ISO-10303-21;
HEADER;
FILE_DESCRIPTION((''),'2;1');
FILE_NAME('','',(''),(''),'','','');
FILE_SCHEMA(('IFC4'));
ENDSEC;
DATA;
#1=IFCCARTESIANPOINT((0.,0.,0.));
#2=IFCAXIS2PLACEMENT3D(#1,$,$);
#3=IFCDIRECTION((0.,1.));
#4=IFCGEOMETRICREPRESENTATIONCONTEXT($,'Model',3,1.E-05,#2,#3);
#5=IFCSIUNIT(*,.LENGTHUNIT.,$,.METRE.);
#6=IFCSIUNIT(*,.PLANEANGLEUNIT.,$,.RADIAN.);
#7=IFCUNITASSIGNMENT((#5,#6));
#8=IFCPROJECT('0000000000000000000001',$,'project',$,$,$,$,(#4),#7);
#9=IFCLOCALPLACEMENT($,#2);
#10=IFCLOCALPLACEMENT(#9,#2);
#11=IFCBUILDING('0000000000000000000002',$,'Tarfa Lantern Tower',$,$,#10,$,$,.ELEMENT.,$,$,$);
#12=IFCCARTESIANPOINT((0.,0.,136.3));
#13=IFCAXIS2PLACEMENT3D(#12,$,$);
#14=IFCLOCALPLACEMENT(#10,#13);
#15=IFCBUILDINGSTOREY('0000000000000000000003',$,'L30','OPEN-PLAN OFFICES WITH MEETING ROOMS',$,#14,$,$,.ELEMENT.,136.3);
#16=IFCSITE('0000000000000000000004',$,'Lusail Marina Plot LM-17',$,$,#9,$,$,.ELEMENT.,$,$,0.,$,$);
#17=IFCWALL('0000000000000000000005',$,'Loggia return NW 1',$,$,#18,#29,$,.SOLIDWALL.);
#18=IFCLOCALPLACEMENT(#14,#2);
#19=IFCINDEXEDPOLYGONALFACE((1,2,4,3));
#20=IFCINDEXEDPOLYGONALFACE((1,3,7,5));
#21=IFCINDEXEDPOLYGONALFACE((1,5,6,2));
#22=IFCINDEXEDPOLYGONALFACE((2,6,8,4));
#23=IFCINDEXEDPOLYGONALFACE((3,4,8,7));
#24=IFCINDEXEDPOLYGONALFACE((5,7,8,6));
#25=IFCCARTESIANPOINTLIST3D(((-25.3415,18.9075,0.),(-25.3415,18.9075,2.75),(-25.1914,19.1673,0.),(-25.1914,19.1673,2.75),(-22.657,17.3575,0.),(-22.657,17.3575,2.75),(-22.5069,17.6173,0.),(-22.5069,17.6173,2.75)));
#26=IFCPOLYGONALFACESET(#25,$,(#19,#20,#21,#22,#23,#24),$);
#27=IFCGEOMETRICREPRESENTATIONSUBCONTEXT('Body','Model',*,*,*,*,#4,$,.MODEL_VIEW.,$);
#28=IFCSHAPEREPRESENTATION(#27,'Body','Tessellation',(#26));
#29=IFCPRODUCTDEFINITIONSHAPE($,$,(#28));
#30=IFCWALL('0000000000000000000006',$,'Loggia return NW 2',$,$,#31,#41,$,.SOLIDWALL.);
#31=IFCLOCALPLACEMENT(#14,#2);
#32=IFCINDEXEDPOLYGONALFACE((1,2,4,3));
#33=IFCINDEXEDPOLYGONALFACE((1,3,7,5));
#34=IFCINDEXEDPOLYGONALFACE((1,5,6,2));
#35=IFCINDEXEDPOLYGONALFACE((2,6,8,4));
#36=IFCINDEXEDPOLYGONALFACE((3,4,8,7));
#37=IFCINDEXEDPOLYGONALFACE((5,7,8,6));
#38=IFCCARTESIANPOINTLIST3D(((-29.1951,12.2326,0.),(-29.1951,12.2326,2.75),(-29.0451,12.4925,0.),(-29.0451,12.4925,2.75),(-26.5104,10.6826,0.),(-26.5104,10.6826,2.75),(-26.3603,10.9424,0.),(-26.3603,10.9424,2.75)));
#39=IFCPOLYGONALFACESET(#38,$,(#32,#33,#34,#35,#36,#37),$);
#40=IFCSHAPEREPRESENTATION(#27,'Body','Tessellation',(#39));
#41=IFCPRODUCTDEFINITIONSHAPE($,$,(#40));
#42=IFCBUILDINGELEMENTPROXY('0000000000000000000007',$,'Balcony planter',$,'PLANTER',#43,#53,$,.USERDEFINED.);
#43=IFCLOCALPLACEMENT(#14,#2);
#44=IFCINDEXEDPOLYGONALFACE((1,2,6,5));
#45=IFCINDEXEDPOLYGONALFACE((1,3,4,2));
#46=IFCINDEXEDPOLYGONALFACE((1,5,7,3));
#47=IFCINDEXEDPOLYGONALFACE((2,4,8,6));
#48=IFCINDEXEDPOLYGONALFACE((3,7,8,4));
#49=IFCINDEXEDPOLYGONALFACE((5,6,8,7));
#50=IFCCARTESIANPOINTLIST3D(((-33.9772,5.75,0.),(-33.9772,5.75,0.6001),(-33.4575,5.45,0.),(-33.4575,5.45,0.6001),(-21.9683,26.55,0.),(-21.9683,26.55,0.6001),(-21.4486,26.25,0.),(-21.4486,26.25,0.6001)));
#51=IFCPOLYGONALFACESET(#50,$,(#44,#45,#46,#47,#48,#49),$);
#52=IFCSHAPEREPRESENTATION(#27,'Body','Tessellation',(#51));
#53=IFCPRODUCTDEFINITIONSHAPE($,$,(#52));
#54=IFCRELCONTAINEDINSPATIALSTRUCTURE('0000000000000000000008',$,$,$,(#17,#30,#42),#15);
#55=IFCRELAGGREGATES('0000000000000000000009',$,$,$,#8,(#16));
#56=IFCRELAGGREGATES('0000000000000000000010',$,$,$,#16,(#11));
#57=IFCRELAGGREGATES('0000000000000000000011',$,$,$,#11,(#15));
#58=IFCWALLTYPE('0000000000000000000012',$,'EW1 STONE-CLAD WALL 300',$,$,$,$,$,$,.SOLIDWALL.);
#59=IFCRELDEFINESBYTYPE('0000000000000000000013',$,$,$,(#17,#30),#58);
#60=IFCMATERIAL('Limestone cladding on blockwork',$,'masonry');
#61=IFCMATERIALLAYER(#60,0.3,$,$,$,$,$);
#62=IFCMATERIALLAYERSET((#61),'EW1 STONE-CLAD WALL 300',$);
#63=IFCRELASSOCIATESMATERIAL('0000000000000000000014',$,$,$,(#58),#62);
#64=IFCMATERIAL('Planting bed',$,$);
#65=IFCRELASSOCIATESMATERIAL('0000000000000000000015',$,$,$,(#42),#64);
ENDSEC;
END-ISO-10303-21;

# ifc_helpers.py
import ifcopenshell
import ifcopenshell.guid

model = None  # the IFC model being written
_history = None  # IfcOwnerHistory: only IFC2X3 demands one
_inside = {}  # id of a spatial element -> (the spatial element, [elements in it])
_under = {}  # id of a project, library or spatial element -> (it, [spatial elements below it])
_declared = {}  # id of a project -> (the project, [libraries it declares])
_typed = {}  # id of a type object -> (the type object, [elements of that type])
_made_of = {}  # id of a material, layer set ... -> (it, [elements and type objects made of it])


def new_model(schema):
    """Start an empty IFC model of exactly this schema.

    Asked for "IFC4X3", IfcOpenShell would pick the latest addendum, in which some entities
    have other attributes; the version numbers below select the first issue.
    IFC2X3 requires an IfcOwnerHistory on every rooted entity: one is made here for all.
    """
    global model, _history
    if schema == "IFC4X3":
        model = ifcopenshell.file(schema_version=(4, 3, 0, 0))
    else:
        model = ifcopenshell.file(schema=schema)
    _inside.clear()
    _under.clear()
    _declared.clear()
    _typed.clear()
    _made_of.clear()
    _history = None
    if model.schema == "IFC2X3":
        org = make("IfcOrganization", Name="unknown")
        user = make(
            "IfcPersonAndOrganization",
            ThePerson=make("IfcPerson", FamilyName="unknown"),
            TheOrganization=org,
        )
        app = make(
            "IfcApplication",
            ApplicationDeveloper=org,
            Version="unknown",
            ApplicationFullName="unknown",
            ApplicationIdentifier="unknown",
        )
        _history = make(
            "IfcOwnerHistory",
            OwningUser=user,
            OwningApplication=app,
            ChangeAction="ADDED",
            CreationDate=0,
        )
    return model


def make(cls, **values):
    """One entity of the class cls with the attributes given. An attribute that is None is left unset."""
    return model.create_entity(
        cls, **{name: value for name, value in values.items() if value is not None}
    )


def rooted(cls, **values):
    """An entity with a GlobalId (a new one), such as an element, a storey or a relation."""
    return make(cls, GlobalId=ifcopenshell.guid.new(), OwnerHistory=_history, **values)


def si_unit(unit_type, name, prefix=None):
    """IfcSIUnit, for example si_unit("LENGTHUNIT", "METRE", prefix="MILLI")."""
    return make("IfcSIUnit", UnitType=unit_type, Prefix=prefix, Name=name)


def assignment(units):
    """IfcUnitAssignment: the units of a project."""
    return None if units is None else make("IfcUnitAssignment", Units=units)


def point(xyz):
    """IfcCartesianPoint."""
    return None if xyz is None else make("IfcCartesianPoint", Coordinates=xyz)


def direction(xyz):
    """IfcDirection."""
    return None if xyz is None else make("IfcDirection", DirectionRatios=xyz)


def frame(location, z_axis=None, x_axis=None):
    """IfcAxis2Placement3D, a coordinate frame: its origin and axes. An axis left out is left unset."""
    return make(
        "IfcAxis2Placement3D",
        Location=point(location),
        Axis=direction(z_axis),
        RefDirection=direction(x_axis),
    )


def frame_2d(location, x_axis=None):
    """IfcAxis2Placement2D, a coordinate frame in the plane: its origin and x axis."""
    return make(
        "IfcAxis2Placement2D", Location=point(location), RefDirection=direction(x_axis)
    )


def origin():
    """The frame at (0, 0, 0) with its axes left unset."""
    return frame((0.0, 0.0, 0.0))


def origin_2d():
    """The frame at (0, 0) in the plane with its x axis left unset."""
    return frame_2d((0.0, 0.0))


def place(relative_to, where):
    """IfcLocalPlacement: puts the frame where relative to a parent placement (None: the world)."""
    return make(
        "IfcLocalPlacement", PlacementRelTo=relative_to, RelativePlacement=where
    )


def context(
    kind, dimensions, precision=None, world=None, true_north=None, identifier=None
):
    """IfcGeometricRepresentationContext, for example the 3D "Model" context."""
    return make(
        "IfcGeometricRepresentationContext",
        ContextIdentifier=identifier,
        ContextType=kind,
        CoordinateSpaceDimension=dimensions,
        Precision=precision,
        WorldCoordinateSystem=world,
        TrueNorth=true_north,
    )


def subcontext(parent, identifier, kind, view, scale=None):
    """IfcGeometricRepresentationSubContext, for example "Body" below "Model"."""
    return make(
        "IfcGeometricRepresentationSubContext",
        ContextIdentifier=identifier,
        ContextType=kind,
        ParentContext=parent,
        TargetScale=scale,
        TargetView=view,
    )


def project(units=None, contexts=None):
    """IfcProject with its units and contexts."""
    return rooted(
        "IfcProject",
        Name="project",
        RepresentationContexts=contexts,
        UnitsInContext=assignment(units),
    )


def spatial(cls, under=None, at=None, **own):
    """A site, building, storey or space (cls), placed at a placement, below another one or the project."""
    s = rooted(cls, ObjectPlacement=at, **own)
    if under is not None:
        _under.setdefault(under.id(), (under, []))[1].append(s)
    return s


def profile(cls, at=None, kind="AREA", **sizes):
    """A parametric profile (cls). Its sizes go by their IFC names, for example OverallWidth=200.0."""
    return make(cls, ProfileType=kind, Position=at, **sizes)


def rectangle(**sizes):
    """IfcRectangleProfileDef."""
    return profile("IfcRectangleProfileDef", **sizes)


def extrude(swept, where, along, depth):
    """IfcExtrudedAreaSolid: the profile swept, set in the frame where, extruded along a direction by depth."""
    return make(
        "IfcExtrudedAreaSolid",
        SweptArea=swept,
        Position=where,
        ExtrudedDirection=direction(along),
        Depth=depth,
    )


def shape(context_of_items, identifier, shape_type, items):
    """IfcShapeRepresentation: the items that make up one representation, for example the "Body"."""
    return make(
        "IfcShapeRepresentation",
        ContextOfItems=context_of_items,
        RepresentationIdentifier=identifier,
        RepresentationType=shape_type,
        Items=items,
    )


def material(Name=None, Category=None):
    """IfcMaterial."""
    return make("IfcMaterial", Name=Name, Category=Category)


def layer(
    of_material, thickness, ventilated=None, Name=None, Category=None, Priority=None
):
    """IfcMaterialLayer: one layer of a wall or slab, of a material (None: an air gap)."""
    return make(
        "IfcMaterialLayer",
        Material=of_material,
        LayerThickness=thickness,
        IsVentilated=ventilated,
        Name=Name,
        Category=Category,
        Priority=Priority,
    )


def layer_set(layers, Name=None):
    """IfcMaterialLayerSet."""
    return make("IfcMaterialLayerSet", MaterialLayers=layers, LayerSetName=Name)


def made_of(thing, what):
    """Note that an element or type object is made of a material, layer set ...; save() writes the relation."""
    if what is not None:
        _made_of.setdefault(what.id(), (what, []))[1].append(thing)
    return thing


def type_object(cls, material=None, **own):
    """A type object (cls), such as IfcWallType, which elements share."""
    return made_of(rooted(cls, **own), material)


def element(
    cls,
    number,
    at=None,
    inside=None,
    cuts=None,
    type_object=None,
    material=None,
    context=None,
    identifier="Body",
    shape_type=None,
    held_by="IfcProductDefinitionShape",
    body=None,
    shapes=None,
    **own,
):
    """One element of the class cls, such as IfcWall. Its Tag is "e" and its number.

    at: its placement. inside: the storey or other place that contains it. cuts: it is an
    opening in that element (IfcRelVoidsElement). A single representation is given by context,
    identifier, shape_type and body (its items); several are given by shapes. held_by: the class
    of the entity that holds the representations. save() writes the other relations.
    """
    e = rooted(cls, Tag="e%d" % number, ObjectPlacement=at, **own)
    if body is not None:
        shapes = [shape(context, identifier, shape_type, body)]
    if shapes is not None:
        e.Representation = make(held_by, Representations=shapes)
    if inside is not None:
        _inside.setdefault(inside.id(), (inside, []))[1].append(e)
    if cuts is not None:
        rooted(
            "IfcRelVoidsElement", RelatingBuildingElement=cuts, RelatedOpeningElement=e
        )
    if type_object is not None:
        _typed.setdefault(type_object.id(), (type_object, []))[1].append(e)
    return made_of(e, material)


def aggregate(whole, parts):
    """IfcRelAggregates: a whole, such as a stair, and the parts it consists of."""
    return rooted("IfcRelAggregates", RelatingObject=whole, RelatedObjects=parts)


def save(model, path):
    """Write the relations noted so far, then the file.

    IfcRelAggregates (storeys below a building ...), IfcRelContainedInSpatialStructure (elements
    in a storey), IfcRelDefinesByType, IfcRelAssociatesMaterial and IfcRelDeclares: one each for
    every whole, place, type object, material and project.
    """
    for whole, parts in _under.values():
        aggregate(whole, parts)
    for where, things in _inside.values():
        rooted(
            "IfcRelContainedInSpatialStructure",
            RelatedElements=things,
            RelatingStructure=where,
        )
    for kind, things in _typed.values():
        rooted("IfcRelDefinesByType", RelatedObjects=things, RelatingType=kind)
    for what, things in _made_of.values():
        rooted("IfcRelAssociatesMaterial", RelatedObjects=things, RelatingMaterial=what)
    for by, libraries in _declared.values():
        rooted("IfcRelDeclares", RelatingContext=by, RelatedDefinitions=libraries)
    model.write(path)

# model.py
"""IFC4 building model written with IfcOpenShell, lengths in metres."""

from ifc_helpers import new_model, si_unit, direction, frame, frame_2d, origin, origin_2d, place, context, subcontext, project, spatial, rectangle, extrude, material, layer, layer_set, type_object, element, save


model = new_model("IFC4")

# Units and contexts
model_context = context("Model", 3, precision=1e-05, world=origin(), true_north=direction((0.0, 1.0)))
body_context = subcontext(model_context, "Body", "Model", "MODEL_VIEW")
ifc_project = project(units=[si_unit("LENGTHUNIT", "METRE"), si_unit("PLANEANGLEUNIT", "RADIAN")], contexts=[model_context])

# Site, building, storey
site_placement = place(None, origin())
site = spatial("IfcSite", under=ifc_project, at=site_placement, Name="Lusail Marina Plot LM-17", CompositionType="ELEMENT", RefElevation=0.0)
building_placement = place(site_placement, origin())
building = spatial("IfcBuilding", under=site, at=building_placement, Name="Tarfa Lantern Tower", CompositionType="ELEMENT")
storey_placement = place(building_placement, frame((0.0, 0.0, 136.3)))
storey = spatial("IfcBuildingStorey", under=building, at=storey_placement, Name="L30", Description="OPEN-PLAN OFFICES WITH MEETING ROOMS", CompositionType="ELEMENT", Elevation=136.3)

# Walls
ifc_material_1 = material(Name="Limestone cladding on blockwork", Category="masonry")
ifc_layer_1 = layer(ifc_material_1, 0.3)
ifc_layer_set_1 = layer_set([ifc_layer_1], Name="EW1 STONE-CLAD WALL 300")
wall_type = type_object("IfcWallType", Name="EW1 STONE-CLAD WALL 300", PredefinedType="SOLIDWALL", material=ifc_layer_set_1)
wall_1_placement = place(storey_placement, frame((-25.2664, 19.0374, 0.0), z_axis=(0.0, 0.0, 1.0), x_axis=(0.86601, -0.500027, 0.0)))
element("IfcWall", 1, at=wall_1_placement, inside=storey, type_object=wall_type, Name="Loggia return NW 1", PredefinedType="SOLIDWALL", context=body_context, shape_type="SweptSolid", body=[
    extrude(rectangle(XDim=3.0999, YDim=0.3, at=frame_2d((1.5498, 0.0))), origin(), (0.0, 0.0, 1.0), 2.75),
])
wall_2_placement = place(storey_placement, frame((-29.1201, 12.3625, 0.0), z_axis=(0.0, 0.0, 1.0), x_axis=(0.86603, -0.499993, 0.0)))
element("IfcWall", 2, at=wall_2_placement, inside=storey, type_object=wall_type, Name="Loggia return NW 2", PredefinedType="SOLIDWALL", context=body_context, shape_type="SweptSolid", body=[
    extrude(rectangle(XDim=3.1001, YDim=0.3, at=frame_2d((1.55, 0.0))), origin(), (0.0, 0.0, 1.0), 2.75),
])

# Building element proxy
ifc_material_2 = material(Name="Planting bed")
proxy_placement = place(storey_placement, frame((-27.7129, 16.0, 0.0), z_axis=(0.0, 0.0, 1.0), x_axis=(-0.5, -0.866025, 0.0)))
element("IfcBuildingElementProxy", 3, at=proxy_placement, inside=storey, material=ifc_material_2, Name="Balcony planter", ObjectType="PLANTER", PredefinedType="USERDEFINED", context=body_context, shape_type="SweptSolid", body=[
    extrude(rectangle(XDim=24.0178, YDim=0.6001, at=origin_2d()), origin(), (0.0, 0.0, 1.0), 0.6001),
])

save(model, "model.ifc")
